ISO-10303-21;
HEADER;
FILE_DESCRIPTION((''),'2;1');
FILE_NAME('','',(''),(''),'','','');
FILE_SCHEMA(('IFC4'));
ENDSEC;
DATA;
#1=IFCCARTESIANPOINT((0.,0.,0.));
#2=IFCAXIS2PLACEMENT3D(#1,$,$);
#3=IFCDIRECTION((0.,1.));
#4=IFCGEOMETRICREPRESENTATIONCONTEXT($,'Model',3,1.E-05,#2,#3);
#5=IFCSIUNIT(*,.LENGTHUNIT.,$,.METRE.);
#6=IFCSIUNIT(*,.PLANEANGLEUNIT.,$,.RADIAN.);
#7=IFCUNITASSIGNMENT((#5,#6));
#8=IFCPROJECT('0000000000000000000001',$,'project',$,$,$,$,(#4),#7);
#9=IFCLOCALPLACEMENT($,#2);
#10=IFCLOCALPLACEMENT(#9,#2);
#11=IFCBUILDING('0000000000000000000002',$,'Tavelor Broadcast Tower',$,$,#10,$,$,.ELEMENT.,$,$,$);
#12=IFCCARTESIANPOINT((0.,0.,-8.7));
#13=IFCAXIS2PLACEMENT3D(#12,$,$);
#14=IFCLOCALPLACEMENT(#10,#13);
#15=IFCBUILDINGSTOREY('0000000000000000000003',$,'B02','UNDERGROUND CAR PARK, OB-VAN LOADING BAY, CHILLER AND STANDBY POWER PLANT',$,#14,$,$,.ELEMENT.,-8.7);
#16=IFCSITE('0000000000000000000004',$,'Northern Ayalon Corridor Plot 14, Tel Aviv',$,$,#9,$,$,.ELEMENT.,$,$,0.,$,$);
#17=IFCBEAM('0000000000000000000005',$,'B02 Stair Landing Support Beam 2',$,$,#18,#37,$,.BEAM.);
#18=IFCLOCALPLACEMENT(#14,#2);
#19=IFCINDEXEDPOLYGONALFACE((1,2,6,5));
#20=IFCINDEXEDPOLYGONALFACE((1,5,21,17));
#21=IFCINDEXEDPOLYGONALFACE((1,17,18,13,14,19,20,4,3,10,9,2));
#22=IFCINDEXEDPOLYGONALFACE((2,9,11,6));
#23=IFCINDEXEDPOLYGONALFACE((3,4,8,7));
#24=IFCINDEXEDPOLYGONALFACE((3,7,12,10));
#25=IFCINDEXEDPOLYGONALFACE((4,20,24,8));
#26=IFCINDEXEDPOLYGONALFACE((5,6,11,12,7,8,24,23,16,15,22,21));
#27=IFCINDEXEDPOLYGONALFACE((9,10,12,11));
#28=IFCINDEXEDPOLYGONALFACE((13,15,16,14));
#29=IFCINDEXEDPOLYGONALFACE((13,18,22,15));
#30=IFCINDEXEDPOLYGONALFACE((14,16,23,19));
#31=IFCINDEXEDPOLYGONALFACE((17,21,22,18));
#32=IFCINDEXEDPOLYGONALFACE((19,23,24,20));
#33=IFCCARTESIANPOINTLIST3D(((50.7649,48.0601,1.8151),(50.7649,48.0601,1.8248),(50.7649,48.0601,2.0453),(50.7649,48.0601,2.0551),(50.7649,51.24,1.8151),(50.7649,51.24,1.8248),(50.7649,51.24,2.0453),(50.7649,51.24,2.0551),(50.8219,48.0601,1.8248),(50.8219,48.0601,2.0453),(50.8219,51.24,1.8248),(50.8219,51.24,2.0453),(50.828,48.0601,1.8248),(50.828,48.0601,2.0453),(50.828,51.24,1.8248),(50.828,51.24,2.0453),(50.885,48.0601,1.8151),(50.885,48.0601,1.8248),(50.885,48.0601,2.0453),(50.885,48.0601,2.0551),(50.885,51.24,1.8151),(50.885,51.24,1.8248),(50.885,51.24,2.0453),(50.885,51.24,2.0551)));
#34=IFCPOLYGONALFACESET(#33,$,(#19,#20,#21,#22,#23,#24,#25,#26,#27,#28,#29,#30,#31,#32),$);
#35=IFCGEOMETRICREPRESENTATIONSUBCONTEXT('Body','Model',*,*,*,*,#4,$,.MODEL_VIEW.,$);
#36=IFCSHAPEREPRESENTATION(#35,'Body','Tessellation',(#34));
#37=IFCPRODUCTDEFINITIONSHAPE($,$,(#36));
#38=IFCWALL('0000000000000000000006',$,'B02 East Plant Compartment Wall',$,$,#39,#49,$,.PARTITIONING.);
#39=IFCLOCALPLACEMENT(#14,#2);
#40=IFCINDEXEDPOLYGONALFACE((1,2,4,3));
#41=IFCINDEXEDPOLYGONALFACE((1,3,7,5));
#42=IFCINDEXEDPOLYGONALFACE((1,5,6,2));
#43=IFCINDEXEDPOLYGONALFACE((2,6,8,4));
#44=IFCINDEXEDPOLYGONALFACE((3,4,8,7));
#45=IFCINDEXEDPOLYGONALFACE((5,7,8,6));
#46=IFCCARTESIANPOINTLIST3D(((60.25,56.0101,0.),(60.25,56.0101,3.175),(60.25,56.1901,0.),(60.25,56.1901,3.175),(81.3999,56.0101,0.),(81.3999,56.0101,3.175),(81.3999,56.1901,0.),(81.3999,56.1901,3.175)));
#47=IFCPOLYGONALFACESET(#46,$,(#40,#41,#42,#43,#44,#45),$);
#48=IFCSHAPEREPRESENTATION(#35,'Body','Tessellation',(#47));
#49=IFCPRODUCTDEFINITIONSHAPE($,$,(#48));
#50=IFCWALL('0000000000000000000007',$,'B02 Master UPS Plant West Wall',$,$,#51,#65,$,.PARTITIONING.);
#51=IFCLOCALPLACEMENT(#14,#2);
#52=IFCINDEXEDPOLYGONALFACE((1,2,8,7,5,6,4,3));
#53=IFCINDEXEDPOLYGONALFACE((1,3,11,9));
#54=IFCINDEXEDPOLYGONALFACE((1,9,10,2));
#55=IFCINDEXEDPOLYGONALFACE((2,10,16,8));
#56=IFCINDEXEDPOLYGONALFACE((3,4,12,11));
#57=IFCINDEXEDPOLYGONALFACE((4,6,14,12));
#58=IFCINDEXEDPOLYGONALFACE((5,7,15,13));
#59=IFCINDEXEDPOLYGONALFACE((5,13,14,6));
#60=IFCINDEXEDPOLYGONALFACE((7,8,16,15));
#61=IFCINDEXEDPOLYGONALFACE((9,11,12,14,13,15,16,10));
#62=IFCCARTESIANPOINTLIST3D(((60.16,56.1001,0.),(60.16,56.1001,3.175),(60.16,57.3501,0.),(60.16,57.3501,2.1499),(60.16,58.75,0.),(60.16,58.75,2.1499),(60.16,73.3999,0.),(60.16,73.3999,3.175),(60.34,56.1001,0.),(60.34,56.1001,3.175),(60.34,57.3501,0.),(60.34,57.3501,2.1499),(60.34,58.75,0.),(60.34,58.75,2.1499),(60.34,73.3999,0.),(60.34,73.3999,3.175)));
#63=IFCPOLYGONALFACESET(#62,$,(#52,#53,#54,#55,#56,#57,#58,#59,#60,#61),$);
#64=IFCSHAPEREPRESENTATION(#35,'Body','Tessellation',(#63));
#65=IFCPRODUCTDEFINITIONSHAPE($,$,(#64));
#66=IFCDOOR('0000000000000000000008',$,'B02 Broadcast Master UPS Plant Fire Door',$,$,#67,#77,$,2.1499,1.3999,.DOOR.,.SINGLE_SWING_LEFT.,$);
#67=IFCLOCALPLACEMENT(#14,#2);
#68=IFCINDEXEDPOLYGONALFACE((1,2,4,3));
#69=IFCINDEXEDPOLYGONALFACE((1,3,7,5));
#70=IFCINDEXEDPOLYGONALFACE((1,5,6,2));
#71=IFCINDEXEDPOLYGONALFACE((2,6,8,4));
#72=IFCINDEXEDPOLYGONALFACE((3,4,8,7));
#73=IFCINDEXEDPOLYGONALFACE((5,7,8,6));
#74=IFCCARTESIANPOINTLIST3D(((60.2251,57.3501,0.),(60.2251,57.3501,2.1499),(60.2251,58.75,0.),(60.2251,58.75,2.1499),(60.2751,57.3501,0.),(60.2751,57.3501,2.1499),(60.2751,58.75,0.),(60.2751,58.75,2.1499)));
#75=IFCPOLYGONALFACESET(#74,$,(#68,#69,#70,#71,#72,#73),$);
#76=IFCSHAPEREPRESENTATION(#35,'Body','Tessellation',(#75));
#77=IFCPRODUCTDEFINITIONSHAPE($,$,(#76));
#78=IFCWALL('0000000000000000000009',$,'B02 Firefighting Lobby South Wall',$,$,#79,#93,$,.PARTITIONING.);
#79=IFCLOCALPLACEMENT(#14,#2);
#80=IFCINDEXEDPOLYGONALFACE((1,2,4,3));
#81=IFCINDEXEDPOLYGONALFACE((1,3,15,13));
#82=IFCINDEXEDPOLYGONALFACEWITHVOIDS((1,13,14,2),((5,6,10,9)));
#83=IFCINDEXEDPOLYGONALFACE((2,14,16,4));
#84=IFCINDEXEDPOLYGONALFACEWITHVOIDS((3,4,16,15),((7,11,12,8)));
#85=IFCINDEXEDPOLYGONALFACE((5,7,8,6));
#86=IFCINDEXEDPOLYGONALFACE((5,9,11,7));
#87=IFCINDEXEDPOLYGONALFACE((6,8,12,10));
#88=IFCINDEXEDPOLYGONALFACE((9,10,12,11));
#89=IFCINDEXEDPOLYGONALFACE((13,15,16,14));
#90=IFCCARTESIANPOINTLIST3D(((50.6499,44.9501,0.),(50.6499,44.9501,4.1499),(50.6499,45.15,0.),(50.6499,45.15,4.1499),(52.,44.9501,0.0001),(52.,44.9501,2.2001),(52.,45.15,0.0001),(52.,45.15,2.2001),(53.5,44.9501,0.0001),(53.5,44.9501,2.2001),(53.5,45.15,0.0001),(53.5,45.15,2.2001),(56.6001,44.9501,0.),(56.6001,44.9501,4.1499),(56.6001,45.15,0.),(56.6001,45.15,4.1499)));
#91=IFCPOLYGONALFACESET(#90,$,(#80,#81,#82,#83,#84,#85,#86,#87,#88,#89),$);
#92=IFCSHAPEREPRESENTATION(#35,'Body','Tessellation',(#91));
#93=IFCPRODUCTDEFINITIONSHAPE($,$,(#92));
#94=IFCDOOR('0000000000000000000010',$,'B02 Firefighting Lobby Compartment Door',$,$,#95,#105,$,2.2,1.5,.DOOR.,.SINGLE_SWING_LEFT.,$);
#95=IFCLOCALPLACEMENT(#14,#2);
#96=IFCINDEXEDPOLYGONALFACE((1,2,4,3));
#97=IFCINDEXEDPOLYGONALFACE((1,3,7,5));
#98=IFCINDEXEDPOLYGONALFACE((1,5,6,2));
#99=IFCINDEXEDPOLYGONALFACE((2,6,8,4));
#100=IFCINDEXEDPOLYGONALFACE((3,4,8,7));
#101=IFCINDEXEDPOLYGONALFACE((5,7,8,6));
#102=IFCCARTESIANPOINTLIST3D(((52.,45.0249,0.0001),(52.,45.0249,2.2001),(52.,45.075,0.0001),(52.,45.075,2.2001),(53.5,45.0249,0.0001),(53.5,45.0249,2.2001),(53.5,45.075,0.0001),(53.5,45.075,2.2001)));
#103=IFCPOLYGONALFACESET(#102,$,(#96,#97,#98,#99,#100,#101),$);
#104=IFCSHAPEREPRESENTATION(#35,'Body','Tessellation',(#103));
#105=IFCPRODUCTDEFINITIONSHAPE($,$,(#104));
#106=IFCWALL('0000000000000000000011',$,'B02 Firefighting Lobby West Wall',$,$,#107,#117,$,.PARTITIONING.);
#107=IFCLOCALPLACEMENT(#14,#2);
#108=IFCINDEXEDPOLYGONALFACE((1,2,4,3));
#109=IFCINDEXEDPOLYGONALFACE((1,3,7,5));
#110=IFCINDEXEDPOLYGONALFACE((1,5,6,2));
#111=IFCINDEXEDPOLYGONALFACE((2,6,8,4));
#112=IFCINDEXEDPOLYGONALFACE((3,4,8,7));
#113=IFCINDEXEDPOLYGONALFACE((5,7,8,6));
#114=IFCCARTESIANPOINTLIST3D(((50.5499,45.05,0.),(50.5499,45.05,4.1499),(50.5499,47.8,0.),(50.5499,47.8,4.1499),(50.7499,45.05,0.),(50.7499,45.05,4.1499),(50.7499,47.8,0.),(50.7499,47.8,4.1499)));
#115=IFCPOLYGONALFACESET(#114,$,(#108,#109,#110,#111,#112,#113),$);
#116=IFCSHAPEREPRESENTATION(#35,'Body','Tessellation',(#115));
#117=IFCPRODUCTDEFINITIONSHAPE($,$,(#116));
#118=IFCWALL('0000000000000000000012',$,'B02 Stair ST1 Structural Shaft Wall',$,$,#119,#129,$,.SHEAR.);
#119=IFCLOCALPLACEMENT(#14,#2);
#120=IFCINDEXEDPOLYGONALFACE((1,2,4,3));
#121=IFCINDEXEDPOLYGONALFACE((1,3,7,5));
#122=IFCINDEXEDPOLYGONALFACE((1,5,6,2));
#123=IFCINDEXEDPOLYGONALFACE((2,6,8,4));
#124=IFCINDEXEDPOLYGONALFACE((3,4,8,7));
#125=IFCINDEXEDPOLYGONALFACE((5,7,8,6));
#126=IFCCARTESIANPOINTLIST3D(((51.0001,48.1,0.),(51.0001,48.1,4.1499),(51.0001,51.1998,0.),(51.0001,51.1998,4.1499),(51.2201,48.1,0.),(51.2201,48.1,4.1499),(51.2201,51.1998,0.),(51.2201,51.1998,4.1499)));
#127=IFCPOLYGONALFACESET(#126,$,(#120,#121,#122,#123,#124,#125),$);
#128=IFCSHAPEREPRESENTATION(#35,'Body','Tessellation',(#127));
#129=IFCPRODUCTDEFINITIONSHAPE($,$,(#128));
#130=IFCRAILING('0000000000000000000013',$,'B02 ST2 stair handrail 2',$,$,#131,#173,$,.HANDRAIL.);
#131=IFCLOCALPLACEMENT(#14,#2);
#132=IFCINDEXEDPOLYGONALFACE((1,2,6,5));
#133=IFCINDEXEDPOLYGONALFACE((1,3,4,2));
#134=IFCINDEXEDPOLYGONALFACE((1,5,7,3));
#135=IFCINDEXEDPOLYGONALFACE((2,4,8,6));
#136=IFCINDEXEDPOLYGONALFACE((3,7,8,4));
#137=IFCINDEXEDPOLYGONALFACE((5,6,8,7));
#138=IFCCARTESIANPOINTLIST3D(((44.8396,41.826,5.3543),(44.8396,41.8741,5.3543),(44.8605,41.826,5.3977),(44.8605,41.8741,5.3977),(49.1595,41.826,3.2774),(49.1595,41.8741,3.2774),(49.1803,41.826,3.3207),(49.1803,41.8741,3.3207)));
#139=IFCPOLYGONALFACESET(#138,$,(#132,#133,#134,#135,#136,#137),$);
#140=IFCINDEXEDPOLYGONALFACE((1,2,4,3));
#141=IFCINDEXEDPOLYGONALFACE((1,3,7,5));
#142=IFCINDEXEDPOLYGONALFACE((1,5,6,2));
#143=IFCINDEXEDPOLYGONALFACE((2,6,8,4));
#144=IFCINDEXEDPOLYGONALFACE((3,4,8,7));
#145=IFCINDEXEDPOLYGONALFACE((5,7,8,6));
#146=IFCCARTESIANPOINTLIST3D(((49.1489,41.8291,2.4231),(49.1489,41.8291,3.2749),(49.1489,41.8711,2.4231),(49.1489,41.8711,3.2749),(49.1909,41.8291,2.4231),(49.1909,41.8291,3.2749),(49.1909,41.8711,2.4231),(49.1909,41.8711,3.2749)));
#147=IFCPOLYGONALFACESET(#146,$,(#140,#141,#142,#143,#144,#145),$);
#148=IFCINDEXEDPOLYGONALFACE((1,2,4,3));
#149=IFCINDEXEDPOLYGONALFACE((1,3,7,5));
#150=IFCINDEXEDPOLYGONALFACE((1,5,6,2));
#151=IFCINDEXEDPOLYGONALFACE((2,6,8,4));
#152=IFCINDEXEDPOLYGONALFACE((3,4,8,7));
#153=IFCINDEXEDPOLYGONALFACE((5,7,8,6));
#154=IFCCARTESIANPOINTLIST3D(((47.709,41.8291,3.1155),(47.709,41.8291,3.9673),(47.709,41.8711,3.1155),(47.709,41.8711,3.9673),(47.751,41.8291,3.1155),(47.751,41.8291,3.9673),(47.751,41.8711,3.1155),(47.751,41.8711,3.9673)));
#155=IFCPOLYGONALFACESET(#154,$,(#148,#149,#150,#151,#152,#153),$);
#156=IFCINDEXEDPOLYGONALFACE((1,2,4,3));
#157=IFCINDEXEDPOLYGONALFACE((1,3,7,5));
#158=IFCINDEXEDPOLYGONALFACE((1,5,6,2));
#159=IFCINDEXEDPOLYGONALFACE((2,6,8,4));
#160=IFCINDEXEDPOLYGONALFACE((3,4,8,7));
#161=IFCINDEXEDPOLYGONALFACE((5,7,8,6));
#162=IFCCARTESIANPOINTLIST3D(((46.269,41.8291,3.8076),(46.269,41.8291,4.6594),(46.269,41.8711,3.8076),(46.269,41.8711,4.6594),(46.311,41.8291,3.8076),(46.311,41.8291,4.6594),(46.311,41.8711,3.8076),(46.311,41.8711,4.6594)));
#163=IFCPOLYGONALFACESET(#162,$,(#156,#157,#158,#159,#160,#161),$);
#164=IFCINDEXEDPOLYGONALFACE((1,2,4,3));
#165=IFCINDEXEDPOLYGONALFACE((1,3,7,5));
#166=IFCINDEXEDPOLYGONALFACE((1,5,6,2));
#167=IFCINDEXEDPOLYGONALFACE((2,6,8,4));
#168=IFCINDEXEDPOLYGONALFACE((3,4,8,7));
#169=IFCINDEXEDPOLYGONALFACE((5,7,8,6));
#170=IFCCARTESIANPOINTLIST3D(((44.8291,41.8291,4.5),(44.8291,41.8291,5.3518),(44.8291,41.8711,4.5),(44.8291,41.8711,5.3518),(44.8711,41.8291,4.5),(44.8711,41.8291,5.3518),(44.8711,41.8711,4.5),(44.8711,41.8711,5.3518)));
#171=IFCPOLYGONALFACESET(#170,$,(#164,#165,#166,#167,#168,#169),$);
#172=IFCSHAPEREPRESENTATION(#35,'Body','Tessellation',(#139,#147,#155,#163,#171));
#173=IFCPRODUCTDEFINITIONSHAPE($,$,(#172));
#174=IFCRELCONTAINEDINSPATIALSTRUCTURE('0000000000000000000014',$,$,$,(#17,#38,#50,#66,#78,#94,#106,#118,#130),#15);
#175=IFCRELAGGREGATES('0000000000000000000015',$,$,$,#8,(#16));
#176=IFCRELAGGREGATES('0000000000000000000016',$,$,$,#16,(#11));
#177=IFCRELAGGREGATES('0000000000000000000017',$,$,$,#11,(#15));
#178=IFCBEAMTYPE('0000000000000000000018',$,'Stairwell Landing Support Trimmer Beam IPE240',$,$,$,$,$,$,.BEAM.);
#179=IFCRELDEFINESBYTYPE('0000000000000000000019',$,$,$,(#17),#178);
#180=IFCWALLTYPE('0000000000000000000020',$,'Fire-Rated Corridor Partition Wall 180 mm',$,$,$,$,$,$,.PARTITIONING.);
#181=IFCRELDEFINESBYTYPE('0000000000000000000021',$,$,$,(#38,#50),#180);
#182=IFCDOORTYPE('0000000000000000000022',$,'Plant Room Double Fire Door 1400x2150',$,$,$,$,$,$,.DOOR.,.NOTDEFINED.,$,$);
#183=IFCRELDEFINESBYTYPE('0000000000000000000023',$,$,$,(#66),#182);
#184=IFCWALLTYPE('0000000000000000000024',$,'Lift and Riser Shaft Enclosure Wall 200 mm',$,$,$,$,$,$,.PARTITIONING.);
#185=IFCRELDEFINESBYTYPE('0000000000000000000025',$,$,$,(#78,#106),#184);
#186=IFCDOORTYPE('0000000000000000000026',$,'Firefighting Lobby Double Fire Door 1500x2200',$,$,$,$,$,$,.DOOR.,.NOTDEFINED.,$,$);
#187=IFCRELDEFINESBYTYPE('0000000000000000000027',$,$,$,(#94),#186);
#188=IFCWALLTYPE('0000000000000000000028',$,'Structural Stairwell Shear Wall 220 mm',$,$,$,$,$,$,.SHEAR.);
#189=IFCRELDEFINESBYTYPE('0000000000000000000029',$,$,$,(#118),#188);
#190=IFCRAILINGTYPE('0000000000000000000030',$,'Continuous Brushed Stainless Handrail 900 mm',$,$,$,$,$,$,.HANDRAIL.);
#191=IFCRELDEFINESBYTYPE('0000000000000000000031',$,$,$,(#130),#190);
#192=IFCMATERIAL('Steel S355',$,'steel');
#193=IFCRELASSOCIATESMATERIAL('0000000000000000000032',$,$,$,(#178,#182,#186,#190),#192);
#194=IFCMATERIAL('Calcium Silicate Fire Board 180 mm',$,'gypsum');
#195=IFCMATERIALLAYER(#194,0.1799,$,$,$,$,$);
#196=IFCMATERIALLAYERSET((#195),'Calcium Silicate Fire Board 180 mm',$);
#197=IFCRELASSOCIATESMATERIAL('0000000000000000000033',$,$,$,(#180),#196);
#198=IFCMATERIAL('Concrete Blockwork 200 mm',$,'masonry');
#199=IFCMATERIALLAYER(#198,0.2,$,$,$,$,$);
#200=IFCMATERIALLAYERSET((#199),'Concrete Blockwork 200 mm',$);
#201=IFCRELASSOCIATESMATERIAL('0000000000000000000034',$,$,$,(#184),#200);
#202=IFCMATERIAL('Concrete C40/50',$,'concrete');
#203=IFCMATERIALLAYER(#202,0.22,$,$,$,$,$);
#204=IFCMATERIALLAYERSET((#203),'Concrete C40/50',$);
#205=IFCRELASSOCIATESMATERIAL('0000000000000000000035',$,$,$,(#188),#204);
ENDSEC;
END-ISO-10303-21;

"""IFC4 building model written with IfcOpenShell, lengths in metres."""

from ifc_helpers import new_model, si_unit, direction, frame, frame_2d, origin, origin_2d, place, context, subcontext, project, spatial, rectangle, i_section, extrude, material, layer, layer_set, material_profile, profile_set, type_object, element, fill, save


model = new_model("IFC4")

# Units and contexts
model_context = context("Model", 3, precision=1e-05, world=origin(), true_north=direction((0.0, 1.0)))
body_context = subcontext(model_context, "Body", "Model", "MODEL_VIEW")
ifc_project = project(units=[si_unit("LENGTHUNIT", "METRE"), si_unit("PLANEANGLEUNIT", "RADIAN")], contexts=[model_context])

# Site, building, storey
site_placement = place(None, origin())
site = spatial("IfcSite", under=ifc_project, at=site_placement, Name="Northern Ayalon Corridor Plot 14, Tel Aviv", CompositionType="ELEMENT", RefElevation=0.0)
building_placement = place(site_placement, origin())
building = spatial("IfcBuilding", under=site, at=building_placement, Name="Tavelor Broadcast Tower", CompositionType="ELEMENT")
storey_placement = place(building_placement, frame((0.0, 0.0, -8.7)))
storey = spatial("IfcBuildingStorey", under=building, at=storey_placement, Name="B02", Description="UNDERGROUND CAR PARK, OB-VAN LOADING BAY, CHILLER AND STANDBY POWER PLANT", CompositionType="ELEMENT", Elevation=-8.7)

# Shared definitions
ifc_material_1 = material(Name="Concrete C40/50", Category="concrete")

# Beam
ifc_material_2 = material(Name="Steel S355", Category="steel")
ifc_material_profile_1 = material_profile(ifc_material_2, i_section(OverallWidth=0.1201, OverallDepth=0.24, WebThickness=0.0061, FlangeThickness=0.0098, at=origin_2d()), Name="IPE 240")
ifc_profile_set_1 = profile_set([ifc_material_profile_1], Name="Steel S355")
beam_type_1 = type_object("IfcBeamType", Name="Stairwell Landing Support Trimmer Beam IPE240", PredefinedType="BEAM", material=ifc_profile_set_1)
for number, where, z_axis, x_axis, name in (
    (1, (50.825, 48.0601, 1.9351), (0.0, 1.0, 0.0), (-1.0, 0.0, 0.0), "B02 Stair Landing Support Beam 2"),
):
    element("IfcBeam", number, at=place(storey_placement, frame(where, z_axis=z_axis, x_axis=x_axis)), inside=storey, type_object=beam_type_1, Name=name, PredefinedType="BEAM", context=body_context, shape_type="SweptSolid", body=[
        extrude(i_section(OverallWidth=0.1201, OverallDepth=0.24, WebThickness=0.0061, FlangeThickness=0.0098, at=origin_2d()), origin(), (0.0, 0.0, 1.0), 3.1799),
    ])

# Wall
ifc_material_3 = material(Name="Calcium Silicate Fire Board 180 mm", Category="gypsum")
ifc_layer_1 = layer(ifc_material_3, 0.1799)
ifc_layer_set_1 = layer_set([ifc_layer_1], Name="Calcium Silicate Fire Board 180 mm")
wall_type_1 = type_object("IfcWallType", Name="Fire-Rated Corridor Partition Wall 180 mm", PredefinedType="PARTITIONING", material=ifc_layer_set_1)
wall_1_placement = place(storey_placement, frame((60.25, 56.1001, 0.0), z_axis=(0.0, 0.0, 1.0), x_axis=(1.0, 0.0, 0.0)))
element("IfcWall", 2, at=wall_1_placement, inside=storey, type_object=wall_type_1, Name="B02 East Plant Compartment Wall", PredefinedType="PARTITIONING", context=body_context, shape_type="SweptSolid", body=[
    extrude(rectangle(XDim=21.1499, YDim=0.1799, at=frame_2d((10.575, 0.0))), origin(), (0.0, 0.0, 1.0), 3.175),
])

# Walls, openings, doors
wall_2_placement = place(storey_placement, frame((60.25, 56.1001, 0.0), z_axis=(0.0, 0.0, 1.0), x_axis=(0.0, 1.0, 0.0)))
wall_2 = element("IfcWall", 3, at=wall_2_placement, inside=storey, type_object=wall_type_1, Name="B02 Master UPS Plant West Wall", PredefinedType="PARTITIONING", context=body_context, shape_type="SweptSolid", body=[
    extrude(rectangle(XDim=17.2998, YDim=0.1799, at=frame_2d((8.6499, 0.0))), origin(), (0.0, 0.0, 1.0), 3.175),
])
opening_1_placement = place(wall_2_placement, frame((1.25, 0.0, 0.0)))
opening_1 = element("IfcOpeningElement", 4, at=opening_1_placement, cuts=wall_2, PredefinedType="OPENING", context=body_context, shape_type="SweptSolid", body=[
    extrude(rectangle(XDim=1.3999, YDim=2.1499, at=frame_2d((0.7, 1.075))), frame((0.0, 0.1001, 0.0), z_axis=(0.0, -1.0, 0.0), x_axis=(1.0, 0.0, 0.0)), (0.0, 0.0, 1.0), 0.2),
])
door_type_1 = type_object("IfcDoorType", Name="Plant Room Double Fire Door 1400x2150", OperationType="NOTDEFINED", PredefinedType="DOOR", material=ifc_material_2)
door_1_placement = place(opening_1_placement, origin())
door_1 = element("IfcDoor", 5, at=door_1_placement, inside=storey, type_object=door_type_1, Name="B02 Broadcast Master UPS Plant Fire Door", OperationType="SINGLE_SWING_LEFT", OverallHeight=2.1499, OverallWidth=1.3999, PredefinedType="DOOR", context=body_context, shape_type="SweptSolid", body=[
    extrude(rectangle(XDim=1.3999, YDim=2.1499, at=frame_2d((0.7, 1.075))), frame((0.0, 0.0249, 0.0), z_axis=(0.0, -1.0, 0.0), x_axis=(1.0, 0.0, 0.0)), (0.0, 0.0, 1.0), 0.05),
])
fill(opening_1, door_1)
ifc_material_4 = material(Name="Concrete Blockwork 200 mm", Category="masonry")
ifc_layer_2 = layer(ifc_material_4, 0.2)
ifc_layer_set_2 = layer_set([ifc_layer_2], Name="Concrete Blockwork 200 mm")
wall_type_2 = type_object("IfcWallType", Name="Lift and Riser Shaft Enclosure Wall 200 mm", PredefinedType="PARTITIONING", material=ifc_layer_set_2)
wall_3_placement = place(storey_placement, frame((50.6499, 45.05, 0.0), z_axis=(0.0, 0.0, 1.0), x_axis=(1.0, 0.0, 0.0)))
wall_3 = element("IfcWall", 6, at=wall_3_placement, inside=storey, type_object=wall_type_2, Name="B02 Firefighting Lobby South Wall", PredefinedType="PARTITIONING", context=body_context, shape_type="SweptSolid", body=[
    extrude(rectangle(XDim=5.9502, YDim=0.2, at=frame_2d((2.9751, 0.0))), origin(), (0.0, 0.0, 1.0), 4.1499),
])
opening_2_placement = place(wall_3_placement, frame((1.3501, 0.0, 0.0)))
opening_2 = element("IfcOpeningElement", 7, at=opening_2_placement, cuts=wall_3, PredefinedType="OPENING", context=body_context, shape_type="SweptSolid", body=[
    extrude(rectangle(XDim=1.5, YDim=2.2, at=frame_2d((0.75, 1.1001))), frame((0.0, 0.1099, 0.0), z_axis=(0.0, -1.0, 0.0), x_axis=(1.0, 0.0, 0.0)), (0.0, 0.0, 1.0), 0.22),
])
door_type_2 = type_object("IfcDoorType", Name="Firefighting Lobby Double Fire Door 1500x2200", OperationType="NOTDEFINED", PredefinedType="DOOR", material=ifc_material_2)
door_2_placement = place(opening_2_placement, origin())
door_2 = element("IfcDoor", 8, at=door_2_placement, inside=storey, type_object=door_type_2, Name="B02 Firefighting Lobby Compartment Door", OperationType="SINGLE_SWING_LEFT", OverallHeight=2.2, OverallWidth=1.5, PredefinedType="DOOR", context=body_context, shape_type="SweptSolid", body=[
    extrude(rectangle(XDim=1.5, YDim=2.2, at=frame_2d((0.75, 1.1001))), frame((0.0, 0.0249, 0.0), z_axis=(0.0, -1.0, 0.0), x_axis=(1.0, 0.0, 0.0)), (0.0, 0.0, 1.0), 0.05),
])
fill(opening_2, door_2)

# Walls
wall_4_placement = place(storey_placement, frame((50.6499, 45.05, 0.0), z_axis=(0.0, 0.0, 1.0), x_axis=(0.0, 1.0, 0.0)))
element("IfcWall", 9, at=wall_4_placement, inside=storey, type_object=wall_type_2, Name="B02 Firefighting Lobby West Wall", PredefinedType="PARTITIONING", context=body_context, shape_type="SweptSolid", body=[
    extrude(rectangle(XDim=2.75, YDim=0.2, at=frame_2d((1.375, 0.0))), origin(), (0.0, 0.0, 1.0), 4.1499),
])
ifc_layer_3 = layer(ifc_material_1, 0.22)
ifc_layer_set_3 = layer_set([ifc_layer_3], Name="Concrete C40/50")
wall_type_3 = type_object("IfcWallType", Name="Structural Stairwell Shear Wall 220 mm", PredefinedType="SHEAR", material=ifc_layer_set_3)
wall_5_placement = place(storey_placement, frame((51.1101, 48.1001, 0.0), z_axis=(0.0, 0.0, 1.0), x_axis=(0.0, 1.0, 0.0)))
element("IfcWall", 10, at=wall_5_placement, inside=storey, type_object=wall_type_3, Name="B02 Stair ST1 Structural Shaft Wall", PredefinedType="SHEAR", context=body_context, shape_type="SweptSolid", body=[
    extrude(rectangle(XDim=3.0999, YDim=0.22, at=frame_2d((1.5498, 0.0))), origin(), (0.0, 0.0, 1.0), 4.1499),
])

# Railing
railing_type_1 = type_object("IfcRailingType", Name="Continuous Brushed Stainless Handrail 900 mm", PredefinedType="HANDRAIL", material=ifc_material_2)
railing_1_placement = place(storey_placement, frame((49.1699, 41.8501, 2.4231)))
element("IfcRailing", 11, at=railing_1_placement, inside=storey, type_object=railing_type_1, Name="B02 ST2 stair handrail 2", PredefinedType="HANDRAIL", context=body_context, shape_type="SweptSolid", body=[
    extrude(rectangle(XDim=0.0481, YDim=0.0481, at=origin_2d()), frame((0.0, 0.0, 0.876), z_axis=(-0.901247, 0.0, 0.433306), x_axis=(0.0, -1.0, 0.0)), (0.0, 0.0, 1.0), 4.7932),
    extrude(rectangle(XDim=0.042, YDim=0.042, at=origin_2d()), origin(), (0.0, 0.0, 1.0), 0.8518),
    extrude(rectangle(XDim=0.042, YDim=0.042, at=origin_2d()), frame((-1.4399, 0.0, 0.6924)), (0.0, 0.0, 1.0), 0.8518),
    extrude(rectangle(XDim=0.042, YDim=0.042, at=origin_2d()), frame((-2.8799, 0.0, 1.3845)), (0.0, 0.0, 1.0), 0.8518),
    extrude(rectangle(XDim=0.042, YDim=0.042, at=origin_2d()), frame((-4.3198, 0.0, 2.0769)), (0.0, 0.0, 1.0), 0.8518),
])

save(model, "model.ifc")
